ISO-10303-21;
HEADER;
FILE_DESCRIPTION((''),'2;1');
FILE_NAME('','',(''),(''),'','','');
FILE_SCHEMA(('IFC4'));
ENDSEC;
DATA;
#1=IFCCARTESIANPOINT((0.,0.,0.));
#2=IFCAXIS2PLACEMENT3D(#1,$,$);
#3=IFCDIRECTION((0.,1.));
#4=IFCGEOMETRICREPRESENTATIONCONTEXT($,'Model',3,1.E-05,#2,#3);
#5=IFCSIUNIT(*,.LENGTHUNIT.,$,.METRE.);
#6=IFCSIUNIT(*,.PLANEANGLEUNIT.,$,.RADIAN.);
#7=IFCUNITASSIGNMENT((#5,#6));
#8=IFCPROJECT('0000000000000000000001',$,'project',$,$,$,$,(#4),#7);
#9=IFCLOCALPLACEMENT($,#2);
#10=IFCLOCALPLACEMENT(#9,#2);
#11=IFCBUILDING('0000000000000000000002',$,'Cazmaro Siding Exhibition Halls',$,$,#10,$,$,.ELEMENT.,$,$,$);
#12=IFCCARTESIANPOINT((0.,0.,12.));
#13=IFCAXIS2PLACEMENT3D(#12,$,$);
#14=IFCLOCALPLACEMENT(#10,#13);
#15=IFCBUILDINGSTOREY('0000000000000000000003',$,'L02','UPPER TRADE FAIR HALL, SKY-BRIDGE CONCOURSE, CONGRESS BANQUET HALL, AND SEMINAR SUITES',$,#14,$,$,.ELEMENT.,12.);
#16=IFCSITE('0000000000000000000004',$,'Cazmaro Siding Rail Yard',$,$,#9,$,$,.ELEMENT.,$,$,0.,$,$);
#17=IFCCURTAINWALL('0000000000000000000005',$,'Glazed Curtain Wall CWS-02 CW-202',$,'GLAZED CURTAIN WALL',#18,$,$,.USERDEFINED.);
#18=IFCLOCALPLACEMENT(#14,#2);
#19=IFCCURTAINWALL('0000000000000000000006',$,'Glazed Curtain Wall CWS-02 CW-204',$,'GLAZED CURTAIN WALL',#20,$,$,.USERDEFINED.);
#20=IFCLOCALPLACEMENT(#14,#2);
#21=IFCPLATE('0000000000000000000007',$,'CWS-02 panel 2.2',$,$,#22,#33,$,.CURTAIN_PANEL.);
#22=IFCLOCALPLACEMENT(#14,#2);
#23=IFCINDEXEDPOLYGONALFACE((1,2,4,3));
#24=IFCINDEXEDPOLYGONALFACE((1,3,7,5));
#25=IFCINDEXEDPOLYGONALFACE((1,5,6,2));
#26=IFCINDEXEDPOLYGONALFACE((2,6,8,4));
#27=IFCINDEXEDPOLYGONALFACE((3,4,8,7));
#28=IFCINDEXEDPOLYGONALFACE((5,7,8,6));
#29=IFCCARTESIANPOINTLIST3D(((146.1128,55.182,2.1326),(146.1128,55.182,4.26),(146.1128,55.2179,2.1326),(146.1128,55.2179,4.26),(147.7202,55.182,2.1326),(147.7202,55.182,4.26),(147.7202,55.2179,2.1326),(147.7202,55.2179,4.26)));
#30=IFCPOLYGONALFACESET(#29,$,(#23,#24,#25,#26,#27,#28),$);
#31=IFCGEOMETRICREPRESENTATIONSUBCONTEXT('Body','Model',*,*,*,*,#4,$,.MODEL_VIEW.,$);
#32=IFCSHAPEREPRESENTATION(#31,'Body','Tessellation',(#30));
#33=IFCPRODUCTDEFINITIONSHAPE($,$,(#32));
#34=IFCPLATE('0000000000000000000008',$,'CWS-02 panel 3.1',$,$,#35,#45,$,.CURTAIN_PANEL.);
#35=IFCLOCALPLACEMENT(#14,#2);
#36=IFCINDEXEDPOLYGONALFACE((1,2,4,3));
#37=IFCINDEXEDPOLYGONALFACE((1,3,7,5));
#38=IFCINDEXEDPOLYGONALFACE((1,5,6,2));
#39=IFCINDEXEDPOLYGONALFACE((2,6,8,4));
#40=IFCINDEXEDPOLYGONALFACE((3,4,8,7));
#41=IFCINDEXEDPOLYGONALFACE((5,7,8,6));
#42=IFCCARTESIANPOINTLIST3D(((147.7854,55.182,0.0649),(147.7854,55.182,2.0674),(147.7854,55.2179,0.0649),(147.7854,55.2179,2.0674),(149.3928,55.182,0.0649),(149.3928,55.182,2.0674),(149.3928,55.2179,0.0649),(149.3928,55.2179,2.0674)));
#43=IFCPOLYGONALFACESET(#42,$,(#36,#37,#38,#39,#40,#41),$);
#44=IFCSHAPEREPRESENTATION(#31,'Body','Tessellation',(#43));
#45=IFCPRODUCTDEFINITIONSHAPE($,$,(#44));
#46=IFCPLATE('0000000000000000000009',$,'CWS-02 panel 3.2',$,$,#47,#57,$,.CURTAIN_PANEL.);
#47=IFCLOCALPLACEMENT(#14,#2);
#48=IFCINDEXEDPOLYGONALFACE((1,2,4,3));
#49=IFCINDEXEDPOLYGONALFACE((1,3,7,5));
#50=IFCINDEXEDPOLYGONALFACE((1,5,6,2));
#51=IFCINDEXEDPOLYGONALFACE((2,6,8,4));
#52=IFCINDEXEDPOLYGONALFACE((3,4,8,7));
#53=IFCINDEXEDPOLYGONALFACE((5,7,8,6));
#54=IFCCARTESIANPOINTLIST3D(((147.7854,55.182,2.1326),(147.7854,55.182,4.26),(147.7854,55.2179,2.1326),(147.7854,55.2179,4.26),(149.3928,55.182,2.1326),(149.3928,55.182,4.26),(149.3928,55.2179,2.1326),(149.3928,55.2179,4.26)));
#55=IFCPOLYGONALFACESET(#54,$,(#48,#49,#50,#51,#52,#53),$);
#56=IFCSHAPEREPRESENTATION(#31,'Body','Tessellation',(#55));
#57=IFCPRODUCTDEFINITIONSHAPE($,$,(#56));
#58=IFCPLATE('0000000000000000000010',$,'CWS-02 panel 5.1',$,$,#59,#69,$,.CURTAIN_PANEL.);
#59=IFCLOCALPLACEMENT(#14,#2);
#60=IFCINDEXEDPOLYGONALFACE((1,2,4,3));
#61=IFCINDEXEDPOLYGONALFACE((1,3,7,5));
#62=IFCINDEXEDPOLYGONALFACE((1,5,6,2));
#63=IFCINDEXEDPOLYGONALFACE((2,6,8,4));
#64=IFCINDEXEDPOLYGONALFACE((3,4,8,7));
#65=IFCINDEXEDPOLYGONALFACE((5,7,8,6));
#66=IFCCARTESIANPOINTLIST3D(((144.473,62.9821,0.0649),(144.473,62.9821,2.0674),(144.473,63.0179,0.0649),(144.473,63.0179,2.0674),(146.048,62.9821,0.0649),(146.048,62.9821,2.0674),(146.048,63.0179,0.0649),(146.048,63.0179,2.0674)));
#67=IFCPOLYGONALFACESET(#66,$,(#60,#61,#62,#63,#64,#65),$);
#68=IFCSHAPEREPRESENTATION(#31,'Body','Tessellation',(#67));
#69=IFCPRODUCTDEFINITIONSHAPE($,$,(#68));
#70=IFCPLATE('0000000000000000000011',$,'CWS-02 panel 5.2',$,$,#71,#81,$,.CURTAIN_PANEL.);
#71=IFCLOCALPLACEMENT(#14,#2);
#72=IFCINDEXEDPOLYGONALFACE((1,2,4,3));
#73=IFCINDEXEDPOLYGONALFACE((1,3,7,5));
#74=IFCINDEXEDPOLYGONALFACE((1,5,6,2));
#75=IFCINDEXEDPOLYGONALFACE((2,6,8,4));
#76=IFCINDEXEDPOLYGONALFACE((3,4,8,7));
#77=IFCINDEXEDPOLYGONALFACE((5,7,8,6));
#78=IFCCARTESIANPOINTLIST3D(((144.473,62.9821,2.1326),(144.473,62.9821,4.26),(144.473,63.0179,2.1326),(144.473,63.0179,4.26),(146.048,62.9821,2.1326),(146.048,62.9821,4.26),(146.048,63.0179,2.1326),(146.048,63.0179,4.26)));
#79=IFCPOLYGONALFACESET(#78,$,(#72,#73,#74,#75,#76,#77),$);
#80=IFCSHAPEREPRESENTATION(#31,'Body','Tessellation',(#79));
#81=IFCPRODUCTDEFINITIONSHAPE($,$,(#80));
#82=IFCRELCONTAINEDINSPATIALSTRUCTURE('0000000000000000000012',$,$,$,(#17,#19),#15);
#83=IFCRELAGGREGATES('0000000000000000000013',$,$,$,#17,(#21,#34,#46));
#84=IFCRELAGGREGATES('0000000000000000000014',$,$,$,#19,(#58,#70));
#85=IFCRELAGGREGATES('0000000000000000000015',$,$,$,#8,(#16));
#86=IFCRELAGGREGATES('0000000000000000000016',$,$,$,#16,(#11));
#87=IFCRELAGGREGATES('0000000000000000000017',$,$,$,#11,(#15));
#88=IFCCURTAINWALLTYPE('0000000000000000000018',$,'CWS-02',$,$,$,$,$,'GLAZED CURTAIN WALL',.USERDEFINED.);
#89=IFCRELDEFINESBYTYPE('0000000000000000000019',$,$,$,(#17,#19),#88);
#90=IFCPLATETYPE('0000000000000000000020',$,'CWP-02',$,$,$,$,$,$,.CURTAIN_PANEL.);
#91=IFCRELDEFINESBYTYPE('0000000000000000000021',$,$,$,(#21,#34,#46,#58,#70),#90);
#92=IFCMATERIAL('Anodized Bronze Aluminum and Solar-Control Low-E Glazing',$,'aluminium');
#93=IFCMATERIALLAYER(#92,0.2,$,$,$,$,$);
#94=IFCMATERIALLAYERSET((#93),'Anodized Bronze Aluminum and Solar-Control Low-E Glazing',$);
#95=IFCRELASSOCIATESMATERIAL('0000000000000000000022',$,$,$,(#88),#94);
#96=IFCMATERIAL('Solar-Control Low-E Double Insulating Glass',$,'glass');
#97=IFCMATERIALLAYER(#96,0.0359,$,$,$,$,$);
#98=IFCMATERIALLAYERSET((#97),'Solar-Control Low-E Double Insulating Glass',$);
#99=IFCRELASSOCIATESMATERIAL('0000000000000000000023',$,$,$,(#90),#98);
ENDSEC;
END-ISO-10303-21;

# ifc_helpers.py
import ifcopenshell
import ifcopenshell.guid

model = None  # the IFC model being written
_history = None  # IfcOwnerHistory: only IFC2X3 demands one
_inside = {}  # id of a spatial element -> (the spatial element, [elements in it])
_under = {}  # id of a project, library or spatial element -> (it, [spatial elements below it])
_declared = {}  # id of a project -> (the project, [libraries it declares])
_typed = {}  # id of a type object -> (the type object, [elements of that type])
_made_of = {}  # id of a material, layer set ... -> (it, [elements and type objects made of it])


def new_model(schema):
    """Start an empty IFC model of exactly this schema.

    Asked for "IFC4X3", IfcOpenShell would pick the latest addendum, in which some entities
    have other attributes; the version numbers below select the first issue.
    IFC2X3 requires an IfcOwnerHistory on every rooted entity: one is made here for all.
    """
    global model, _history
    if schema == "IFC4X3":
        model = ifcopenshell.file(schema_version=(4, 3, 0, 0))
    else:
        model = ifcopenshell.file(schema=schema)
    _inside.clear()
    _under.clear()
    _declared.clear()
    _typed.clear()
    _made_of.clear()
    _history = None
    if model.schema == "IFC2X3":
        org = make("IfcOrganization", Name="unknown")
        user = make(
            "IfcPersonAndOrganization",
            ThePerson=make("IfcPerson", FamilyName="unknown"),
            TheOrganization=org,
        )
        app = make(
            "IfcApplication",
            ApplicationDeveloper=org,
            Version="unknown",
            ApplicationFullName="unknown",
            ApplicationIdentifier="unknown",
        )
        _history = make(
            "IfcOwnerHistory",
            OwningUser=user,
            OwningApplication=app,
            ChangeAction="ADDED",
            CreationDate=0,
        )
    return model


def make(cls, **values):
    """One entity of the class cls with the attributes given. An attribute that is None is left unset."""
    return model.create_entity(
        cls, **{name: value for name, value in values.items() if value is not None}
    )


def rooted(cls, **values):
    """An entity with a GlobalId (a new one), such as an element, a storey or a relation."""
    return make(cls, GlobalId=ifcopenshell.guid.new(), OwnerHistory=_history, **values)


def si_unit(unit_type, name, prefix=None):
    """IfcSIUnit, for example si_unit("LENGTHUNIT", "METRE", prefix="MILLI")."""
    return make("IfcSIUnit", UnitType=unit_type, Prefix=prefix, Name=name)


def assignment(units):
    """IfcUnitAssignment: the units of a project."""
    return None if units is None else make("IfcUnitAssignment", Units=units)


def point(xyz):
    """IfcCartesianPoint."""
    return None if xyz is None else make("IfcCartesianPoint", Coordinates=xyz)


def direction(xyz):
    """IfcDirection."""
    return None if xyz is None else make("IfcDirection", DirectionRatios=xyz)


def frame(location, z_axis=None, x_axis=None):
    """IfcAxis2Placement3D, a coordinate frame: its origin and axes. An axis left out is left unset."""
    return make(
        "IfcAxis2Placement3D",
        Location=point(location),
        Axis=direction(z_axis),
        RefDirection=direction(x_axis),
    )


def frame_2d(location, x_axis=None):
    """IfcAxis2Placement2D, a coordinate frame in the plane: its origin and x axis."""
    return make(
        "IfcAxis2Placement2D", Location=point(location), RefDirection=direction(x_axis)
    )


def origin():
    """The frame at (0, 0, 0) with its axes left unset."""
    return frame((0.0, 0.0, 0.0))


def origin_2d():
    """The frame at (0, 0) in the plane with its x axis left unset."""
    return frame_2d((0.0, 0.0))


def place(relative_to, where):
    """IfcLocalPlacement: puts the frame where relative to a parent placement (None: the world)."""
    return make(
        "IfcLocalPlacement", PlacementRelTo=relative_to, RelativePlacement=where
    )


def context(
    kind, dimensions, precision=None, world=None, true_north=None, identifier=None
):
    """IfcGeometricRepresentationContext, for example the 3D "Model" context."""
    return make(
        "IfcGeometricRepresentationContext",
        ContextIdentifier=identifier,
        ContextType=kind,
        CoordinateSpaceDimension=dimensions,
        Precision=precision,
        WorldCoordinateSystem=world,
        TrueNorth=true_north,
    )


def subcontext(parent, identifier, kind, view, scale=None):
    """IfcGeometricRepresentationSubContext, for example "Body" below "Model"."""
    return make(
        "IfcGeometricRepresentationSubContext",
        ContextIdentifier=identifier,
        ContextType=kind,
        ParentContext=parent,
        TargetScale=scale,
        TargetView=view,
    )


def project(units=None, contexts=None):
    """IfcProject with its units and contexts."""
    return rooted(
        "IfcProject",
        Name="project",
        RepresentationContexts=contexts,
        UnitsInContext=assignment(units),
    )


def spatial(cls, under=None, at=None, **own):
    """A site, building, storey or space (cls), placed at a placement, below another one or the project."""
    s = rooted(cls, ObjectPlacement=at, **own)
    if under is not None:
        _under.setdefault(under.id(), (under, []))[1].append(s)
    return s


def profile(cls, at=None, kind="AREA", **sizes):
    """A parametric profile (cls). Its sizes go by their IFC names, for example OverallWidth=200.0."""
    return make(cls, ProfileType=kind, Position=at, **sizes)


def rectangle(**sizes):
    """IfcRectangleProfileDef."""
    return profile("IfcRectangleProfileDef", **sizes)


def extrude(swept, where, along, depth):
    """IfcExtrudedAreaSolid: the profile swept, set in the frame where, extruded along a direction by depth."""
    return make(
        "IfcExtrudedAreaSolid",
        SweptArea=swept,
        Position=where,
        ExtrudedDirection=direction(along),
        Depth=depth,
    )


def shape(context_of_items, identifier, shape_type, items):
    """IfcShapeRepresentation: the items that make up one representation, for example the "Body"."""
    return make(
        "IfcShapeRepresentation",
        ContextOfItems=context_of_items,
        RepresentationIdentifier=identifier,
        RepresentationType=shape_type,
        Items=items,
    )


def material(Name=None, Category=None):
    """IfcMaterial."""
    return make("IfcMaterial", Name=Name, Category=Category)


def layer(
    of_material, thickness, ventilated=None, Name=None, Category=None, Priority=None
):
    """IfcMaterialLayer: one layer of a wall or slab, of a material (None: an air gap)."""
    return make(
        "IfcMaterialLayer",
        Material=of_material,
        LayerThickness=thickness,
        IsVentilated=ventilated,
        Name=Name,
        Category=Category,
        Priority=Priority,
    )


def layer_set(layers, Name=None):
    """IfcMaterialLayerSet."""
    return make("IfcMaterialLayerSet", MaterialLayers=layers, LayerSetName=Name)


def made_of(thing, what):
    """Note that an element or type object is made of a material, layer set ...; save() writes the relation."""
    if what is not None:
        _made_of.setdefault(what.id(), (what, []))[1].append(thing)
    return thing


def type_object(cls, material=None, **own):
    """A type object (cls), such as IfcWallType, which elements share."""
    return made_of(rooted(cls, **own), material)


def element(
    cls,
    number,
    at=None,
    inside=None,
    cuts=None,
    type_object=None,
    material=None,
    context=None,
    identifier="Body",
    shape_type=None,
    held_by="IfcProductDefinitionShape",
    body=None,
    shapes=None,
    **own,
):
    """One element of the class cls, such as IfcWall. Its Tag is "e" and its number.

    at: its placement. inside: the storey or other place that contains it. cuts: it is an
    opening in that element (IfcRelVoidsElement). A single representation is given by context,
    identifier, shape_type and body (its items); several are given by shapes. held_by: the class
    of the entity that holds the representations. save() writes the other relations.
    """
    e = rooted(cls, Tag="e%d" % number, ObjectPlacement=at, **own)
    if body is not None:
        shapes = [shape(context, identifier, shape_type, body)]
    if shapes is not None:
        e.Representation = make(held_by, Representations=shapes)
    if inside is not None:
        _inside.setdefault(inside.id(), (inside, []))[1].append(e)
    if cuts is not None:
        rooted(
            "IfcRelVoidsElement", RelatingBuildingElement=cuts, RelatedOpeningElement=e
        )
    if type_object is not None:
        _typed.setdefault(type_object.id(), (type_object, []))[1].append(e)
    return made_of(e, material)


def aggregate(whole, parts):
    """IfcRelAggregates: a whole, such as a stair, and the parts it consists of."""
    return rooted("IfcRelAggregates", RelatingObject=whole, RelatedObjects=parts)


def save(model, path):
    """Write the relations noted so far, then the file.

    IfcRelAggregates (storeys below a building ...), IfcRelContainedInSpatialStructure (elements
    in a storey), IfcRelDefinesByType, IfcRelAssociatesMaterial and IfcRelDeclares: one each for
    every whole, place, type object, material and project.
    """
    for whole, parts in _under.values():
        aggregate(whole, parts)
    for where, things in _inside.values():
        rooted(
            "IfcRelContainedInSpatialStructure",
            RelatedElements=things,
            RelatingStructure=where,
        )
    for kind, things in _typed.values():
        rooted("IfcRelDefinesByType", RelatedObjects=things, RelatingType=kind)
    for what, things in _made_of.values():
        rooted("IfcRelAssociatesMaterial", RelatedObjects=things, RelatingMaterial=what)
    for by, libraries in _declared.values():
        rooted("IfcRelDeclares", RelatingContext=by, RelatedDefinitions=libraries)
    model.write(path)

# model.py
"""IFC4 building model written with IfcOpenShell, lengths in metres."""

from ifc_helpers import new_model, si_unit, direction, frame, origin, origin_2d, place, context, subcontext, project, spatial, rectangle, extrude, material, layer, layer_set, type_object, element, aggregate, save


model = new_model("IFC4")

# Units and contexts
model_context = context("Model", 3, precision=1e-05, world=origin(), true_north=direction((0.0, 1.0)))
body_context = subcontext(model_context, "Body", "Model", "MODEL_VIEW")
ifc_project = project(units=[si_unit("LENGTHUNIT", "METRE"), si_unit("PLANEANGLEUNIT", "RADIAN")], contexts=[model_context])

# Site, building, storey
site_placement = place(None, origin())
site = spatial("IfcSite", under=ifc_project, at=site_placement, Name="Cazmaro Siding Rail Yard", CompositionType="ELEMENT", RefElevation=0.0)
building_placement = place(site_placement, origin())
building = spatial("IfcBuilding", under=site, at=building_placement, Name="Cazmaro Siding Exhibition Halls", CompositionType="ELEMENT")
storey_placement = place(building_placement, frame((0.0, 0.0, 12.0)))
storey = spatial("IfcBuildingStorey", under=building, at=storey_placement, Name="L02", Description="UPPER TRADE FAIR HALL, SKY-BRIDGE CONCOURSE, CONGRESS BANQUET HALL, AND SEMINAR SUITES", CompositionType="ELEMENT", Elevation=12.0)

# Curtain walls
ifc_material_1 = material(Name="Anodized Bronze Aluminum and Solar-Control Low-E Glazing", Category="aluminium")
ifc_layer_1 = layer(ifc_material_1, 0.2)
ifc_layer_set_1 = layer_set([ifc_layer_1], Name="Anodized Bronze Aluminum and Solar-Control Low-E Glazing")
curtain_wall_type = type_object("IfcCurtainWallType", Name="CWS-02", ElementType="GLAZED CURTAIN WALL", PredefinedType="USERDEFINED", material=ifc_layer_set_1)
curtain_wall_1_placement = place(storey_placement, origin())
curtain_wall_1 = element("IfcCurtainWall", 1, at=curtain_wall_1_placement, inside=storey, type_object=curtain_wall_type, Name="Glazed Curtain Wall CWS-02 CW-202", ObjectType="GLAZED CURTAIN WALL", PredefinedType="USERDEFINED")
curtain_wall_2_placement = place(storey_placement, origin())
curtain_wall_2 = element("IfcCurtainWall", 2, at=curtain_wall_2_placement, inside=storey, type_object=curtain_wall_type, Name="Glazed Curtain Wall CWS-02 CW-204", ObjectType="GLAZED CURTAIN WALL", PredefinedType="USERDEFINED")

# Plates
ifc_material_2 = material(Name="Solar-Control Low-E Double Insulating Glass", Category="glass")
ifc_layer_2 = layer(ifc_material_2, 0.0359)
ifc_layer_set_2 = layer_set([ifc_layer_2], Name="Solar-Control Low-E Double Insulating Glass")
plate_type = type_object("IfcPlateType", Name="CWP-02", PredefinedType="CURTAIN_PANEL", material=ifc_layer_set_2)
plate_1_placement = place(storey_placement, frame((146.9165, 55.2, 2.1326), z_axis=(0.0, 0.0, 1.0), x_axis=(1.0, 0.0, 0.0)))
plate_1 = element("IfcPlate", 3, at=plate_1_placement, type_object=plate_type, Name="CWS-02 panel 2.2", PredefinedType="CURTAIN_PANEL", context=body_context, shape_type="SweptSolid", body=[
    extrude(rectangle(XDim=1.6074, YDim=0.0359, at=origin_2d()), origin(), (0.0, 0.0, 1.0), 2.1274),
])
plate_2_placement = place(storey_placement, frame((148.5891, 55.2, 0.0649), z_axis=(0.0, 0.0, 1.0), x_axis=(1.0, 0.0, 0.0)))
plate_2 = element("IfcPlate", 4, at=plate_2_placement, type_object=plate_type, Name="CWS-02 panel 3.1", PredefinedType="CURTAIN_PANEL", context=body_context, shape_type="SweptSolid", body=[
    extrude(rectangle(XDim=1.6074, YDim=0.0359, at=origin_2d()), origin(), (0.0, 0.0, 1.0), 2.0024),
])
plate_3_placement = place(storey_placement, frame((148.5891, 55.2, 2.1326), z_axis=(0.0, 0.0, 1.0), x_axis=(1.0, 0.0, 0.0)))
plate_3 = element("IfcPlate", 5, at=plate_3_placement, type_object=plate_type, Name="CWS-02 panel 3.2", PredefinedType="CURTAIN_PANEL", context=body_context, shape_type="SweptSolid", body=[
    extrude(rectangle(XDim=1.6074, YDim=0.0359, at=origin_2d()), origin(), (0.0, 0.0, 1.0), 2.1274),
])
aggregate(curtain_wall_1, [plate_1, plate_2, plate_3])
plate_4_placement = place(storey_placement, frame((145.2605, 63.0, 0.0649), z_axis=(0.0, 0.0, 1.0), x_axis=(-1.0, 0.0, 0.0)))
plate_4 = element("IfcPlate", 6, at=plate_4_placement, type_object=plate_type, Name="CWS-02 panel 5.1", PredefinedType="CURTAIN_PANEL", context=body_context, shape_type="SweptSolid", body=[
    extrude(rectangle(XDim=1.575, YDim=0.0359, at=origin_2d()), origin(), (0.0, 0.0, 1.0), 2.0024),
])
plate_5_placement = place(storey_placement, frame((145.2605, 63.0, 2.1326), z_axis=(0.0, 0.0, 1.0), x_axis=(-1.0, 0.0, 0.0)))
plate_5 = element("IfcPlate", 7, at=plate_5_placement, type_object=plate_type, Name="CWS-02 panel 5.2", PredefinedType="CURTAIN_PANEL", context=body_context, shape_type="SweptSolid", body=[
    extrude(rectangle(XDim=1.575, YDim=0.0359, at=origin_2d()), origin(), (0.0, 0.0, 1.0), 2.1274),
])
aggregate(curtain_wall_2, [plate_4, plate_5])

save(model, "model.ifc")
